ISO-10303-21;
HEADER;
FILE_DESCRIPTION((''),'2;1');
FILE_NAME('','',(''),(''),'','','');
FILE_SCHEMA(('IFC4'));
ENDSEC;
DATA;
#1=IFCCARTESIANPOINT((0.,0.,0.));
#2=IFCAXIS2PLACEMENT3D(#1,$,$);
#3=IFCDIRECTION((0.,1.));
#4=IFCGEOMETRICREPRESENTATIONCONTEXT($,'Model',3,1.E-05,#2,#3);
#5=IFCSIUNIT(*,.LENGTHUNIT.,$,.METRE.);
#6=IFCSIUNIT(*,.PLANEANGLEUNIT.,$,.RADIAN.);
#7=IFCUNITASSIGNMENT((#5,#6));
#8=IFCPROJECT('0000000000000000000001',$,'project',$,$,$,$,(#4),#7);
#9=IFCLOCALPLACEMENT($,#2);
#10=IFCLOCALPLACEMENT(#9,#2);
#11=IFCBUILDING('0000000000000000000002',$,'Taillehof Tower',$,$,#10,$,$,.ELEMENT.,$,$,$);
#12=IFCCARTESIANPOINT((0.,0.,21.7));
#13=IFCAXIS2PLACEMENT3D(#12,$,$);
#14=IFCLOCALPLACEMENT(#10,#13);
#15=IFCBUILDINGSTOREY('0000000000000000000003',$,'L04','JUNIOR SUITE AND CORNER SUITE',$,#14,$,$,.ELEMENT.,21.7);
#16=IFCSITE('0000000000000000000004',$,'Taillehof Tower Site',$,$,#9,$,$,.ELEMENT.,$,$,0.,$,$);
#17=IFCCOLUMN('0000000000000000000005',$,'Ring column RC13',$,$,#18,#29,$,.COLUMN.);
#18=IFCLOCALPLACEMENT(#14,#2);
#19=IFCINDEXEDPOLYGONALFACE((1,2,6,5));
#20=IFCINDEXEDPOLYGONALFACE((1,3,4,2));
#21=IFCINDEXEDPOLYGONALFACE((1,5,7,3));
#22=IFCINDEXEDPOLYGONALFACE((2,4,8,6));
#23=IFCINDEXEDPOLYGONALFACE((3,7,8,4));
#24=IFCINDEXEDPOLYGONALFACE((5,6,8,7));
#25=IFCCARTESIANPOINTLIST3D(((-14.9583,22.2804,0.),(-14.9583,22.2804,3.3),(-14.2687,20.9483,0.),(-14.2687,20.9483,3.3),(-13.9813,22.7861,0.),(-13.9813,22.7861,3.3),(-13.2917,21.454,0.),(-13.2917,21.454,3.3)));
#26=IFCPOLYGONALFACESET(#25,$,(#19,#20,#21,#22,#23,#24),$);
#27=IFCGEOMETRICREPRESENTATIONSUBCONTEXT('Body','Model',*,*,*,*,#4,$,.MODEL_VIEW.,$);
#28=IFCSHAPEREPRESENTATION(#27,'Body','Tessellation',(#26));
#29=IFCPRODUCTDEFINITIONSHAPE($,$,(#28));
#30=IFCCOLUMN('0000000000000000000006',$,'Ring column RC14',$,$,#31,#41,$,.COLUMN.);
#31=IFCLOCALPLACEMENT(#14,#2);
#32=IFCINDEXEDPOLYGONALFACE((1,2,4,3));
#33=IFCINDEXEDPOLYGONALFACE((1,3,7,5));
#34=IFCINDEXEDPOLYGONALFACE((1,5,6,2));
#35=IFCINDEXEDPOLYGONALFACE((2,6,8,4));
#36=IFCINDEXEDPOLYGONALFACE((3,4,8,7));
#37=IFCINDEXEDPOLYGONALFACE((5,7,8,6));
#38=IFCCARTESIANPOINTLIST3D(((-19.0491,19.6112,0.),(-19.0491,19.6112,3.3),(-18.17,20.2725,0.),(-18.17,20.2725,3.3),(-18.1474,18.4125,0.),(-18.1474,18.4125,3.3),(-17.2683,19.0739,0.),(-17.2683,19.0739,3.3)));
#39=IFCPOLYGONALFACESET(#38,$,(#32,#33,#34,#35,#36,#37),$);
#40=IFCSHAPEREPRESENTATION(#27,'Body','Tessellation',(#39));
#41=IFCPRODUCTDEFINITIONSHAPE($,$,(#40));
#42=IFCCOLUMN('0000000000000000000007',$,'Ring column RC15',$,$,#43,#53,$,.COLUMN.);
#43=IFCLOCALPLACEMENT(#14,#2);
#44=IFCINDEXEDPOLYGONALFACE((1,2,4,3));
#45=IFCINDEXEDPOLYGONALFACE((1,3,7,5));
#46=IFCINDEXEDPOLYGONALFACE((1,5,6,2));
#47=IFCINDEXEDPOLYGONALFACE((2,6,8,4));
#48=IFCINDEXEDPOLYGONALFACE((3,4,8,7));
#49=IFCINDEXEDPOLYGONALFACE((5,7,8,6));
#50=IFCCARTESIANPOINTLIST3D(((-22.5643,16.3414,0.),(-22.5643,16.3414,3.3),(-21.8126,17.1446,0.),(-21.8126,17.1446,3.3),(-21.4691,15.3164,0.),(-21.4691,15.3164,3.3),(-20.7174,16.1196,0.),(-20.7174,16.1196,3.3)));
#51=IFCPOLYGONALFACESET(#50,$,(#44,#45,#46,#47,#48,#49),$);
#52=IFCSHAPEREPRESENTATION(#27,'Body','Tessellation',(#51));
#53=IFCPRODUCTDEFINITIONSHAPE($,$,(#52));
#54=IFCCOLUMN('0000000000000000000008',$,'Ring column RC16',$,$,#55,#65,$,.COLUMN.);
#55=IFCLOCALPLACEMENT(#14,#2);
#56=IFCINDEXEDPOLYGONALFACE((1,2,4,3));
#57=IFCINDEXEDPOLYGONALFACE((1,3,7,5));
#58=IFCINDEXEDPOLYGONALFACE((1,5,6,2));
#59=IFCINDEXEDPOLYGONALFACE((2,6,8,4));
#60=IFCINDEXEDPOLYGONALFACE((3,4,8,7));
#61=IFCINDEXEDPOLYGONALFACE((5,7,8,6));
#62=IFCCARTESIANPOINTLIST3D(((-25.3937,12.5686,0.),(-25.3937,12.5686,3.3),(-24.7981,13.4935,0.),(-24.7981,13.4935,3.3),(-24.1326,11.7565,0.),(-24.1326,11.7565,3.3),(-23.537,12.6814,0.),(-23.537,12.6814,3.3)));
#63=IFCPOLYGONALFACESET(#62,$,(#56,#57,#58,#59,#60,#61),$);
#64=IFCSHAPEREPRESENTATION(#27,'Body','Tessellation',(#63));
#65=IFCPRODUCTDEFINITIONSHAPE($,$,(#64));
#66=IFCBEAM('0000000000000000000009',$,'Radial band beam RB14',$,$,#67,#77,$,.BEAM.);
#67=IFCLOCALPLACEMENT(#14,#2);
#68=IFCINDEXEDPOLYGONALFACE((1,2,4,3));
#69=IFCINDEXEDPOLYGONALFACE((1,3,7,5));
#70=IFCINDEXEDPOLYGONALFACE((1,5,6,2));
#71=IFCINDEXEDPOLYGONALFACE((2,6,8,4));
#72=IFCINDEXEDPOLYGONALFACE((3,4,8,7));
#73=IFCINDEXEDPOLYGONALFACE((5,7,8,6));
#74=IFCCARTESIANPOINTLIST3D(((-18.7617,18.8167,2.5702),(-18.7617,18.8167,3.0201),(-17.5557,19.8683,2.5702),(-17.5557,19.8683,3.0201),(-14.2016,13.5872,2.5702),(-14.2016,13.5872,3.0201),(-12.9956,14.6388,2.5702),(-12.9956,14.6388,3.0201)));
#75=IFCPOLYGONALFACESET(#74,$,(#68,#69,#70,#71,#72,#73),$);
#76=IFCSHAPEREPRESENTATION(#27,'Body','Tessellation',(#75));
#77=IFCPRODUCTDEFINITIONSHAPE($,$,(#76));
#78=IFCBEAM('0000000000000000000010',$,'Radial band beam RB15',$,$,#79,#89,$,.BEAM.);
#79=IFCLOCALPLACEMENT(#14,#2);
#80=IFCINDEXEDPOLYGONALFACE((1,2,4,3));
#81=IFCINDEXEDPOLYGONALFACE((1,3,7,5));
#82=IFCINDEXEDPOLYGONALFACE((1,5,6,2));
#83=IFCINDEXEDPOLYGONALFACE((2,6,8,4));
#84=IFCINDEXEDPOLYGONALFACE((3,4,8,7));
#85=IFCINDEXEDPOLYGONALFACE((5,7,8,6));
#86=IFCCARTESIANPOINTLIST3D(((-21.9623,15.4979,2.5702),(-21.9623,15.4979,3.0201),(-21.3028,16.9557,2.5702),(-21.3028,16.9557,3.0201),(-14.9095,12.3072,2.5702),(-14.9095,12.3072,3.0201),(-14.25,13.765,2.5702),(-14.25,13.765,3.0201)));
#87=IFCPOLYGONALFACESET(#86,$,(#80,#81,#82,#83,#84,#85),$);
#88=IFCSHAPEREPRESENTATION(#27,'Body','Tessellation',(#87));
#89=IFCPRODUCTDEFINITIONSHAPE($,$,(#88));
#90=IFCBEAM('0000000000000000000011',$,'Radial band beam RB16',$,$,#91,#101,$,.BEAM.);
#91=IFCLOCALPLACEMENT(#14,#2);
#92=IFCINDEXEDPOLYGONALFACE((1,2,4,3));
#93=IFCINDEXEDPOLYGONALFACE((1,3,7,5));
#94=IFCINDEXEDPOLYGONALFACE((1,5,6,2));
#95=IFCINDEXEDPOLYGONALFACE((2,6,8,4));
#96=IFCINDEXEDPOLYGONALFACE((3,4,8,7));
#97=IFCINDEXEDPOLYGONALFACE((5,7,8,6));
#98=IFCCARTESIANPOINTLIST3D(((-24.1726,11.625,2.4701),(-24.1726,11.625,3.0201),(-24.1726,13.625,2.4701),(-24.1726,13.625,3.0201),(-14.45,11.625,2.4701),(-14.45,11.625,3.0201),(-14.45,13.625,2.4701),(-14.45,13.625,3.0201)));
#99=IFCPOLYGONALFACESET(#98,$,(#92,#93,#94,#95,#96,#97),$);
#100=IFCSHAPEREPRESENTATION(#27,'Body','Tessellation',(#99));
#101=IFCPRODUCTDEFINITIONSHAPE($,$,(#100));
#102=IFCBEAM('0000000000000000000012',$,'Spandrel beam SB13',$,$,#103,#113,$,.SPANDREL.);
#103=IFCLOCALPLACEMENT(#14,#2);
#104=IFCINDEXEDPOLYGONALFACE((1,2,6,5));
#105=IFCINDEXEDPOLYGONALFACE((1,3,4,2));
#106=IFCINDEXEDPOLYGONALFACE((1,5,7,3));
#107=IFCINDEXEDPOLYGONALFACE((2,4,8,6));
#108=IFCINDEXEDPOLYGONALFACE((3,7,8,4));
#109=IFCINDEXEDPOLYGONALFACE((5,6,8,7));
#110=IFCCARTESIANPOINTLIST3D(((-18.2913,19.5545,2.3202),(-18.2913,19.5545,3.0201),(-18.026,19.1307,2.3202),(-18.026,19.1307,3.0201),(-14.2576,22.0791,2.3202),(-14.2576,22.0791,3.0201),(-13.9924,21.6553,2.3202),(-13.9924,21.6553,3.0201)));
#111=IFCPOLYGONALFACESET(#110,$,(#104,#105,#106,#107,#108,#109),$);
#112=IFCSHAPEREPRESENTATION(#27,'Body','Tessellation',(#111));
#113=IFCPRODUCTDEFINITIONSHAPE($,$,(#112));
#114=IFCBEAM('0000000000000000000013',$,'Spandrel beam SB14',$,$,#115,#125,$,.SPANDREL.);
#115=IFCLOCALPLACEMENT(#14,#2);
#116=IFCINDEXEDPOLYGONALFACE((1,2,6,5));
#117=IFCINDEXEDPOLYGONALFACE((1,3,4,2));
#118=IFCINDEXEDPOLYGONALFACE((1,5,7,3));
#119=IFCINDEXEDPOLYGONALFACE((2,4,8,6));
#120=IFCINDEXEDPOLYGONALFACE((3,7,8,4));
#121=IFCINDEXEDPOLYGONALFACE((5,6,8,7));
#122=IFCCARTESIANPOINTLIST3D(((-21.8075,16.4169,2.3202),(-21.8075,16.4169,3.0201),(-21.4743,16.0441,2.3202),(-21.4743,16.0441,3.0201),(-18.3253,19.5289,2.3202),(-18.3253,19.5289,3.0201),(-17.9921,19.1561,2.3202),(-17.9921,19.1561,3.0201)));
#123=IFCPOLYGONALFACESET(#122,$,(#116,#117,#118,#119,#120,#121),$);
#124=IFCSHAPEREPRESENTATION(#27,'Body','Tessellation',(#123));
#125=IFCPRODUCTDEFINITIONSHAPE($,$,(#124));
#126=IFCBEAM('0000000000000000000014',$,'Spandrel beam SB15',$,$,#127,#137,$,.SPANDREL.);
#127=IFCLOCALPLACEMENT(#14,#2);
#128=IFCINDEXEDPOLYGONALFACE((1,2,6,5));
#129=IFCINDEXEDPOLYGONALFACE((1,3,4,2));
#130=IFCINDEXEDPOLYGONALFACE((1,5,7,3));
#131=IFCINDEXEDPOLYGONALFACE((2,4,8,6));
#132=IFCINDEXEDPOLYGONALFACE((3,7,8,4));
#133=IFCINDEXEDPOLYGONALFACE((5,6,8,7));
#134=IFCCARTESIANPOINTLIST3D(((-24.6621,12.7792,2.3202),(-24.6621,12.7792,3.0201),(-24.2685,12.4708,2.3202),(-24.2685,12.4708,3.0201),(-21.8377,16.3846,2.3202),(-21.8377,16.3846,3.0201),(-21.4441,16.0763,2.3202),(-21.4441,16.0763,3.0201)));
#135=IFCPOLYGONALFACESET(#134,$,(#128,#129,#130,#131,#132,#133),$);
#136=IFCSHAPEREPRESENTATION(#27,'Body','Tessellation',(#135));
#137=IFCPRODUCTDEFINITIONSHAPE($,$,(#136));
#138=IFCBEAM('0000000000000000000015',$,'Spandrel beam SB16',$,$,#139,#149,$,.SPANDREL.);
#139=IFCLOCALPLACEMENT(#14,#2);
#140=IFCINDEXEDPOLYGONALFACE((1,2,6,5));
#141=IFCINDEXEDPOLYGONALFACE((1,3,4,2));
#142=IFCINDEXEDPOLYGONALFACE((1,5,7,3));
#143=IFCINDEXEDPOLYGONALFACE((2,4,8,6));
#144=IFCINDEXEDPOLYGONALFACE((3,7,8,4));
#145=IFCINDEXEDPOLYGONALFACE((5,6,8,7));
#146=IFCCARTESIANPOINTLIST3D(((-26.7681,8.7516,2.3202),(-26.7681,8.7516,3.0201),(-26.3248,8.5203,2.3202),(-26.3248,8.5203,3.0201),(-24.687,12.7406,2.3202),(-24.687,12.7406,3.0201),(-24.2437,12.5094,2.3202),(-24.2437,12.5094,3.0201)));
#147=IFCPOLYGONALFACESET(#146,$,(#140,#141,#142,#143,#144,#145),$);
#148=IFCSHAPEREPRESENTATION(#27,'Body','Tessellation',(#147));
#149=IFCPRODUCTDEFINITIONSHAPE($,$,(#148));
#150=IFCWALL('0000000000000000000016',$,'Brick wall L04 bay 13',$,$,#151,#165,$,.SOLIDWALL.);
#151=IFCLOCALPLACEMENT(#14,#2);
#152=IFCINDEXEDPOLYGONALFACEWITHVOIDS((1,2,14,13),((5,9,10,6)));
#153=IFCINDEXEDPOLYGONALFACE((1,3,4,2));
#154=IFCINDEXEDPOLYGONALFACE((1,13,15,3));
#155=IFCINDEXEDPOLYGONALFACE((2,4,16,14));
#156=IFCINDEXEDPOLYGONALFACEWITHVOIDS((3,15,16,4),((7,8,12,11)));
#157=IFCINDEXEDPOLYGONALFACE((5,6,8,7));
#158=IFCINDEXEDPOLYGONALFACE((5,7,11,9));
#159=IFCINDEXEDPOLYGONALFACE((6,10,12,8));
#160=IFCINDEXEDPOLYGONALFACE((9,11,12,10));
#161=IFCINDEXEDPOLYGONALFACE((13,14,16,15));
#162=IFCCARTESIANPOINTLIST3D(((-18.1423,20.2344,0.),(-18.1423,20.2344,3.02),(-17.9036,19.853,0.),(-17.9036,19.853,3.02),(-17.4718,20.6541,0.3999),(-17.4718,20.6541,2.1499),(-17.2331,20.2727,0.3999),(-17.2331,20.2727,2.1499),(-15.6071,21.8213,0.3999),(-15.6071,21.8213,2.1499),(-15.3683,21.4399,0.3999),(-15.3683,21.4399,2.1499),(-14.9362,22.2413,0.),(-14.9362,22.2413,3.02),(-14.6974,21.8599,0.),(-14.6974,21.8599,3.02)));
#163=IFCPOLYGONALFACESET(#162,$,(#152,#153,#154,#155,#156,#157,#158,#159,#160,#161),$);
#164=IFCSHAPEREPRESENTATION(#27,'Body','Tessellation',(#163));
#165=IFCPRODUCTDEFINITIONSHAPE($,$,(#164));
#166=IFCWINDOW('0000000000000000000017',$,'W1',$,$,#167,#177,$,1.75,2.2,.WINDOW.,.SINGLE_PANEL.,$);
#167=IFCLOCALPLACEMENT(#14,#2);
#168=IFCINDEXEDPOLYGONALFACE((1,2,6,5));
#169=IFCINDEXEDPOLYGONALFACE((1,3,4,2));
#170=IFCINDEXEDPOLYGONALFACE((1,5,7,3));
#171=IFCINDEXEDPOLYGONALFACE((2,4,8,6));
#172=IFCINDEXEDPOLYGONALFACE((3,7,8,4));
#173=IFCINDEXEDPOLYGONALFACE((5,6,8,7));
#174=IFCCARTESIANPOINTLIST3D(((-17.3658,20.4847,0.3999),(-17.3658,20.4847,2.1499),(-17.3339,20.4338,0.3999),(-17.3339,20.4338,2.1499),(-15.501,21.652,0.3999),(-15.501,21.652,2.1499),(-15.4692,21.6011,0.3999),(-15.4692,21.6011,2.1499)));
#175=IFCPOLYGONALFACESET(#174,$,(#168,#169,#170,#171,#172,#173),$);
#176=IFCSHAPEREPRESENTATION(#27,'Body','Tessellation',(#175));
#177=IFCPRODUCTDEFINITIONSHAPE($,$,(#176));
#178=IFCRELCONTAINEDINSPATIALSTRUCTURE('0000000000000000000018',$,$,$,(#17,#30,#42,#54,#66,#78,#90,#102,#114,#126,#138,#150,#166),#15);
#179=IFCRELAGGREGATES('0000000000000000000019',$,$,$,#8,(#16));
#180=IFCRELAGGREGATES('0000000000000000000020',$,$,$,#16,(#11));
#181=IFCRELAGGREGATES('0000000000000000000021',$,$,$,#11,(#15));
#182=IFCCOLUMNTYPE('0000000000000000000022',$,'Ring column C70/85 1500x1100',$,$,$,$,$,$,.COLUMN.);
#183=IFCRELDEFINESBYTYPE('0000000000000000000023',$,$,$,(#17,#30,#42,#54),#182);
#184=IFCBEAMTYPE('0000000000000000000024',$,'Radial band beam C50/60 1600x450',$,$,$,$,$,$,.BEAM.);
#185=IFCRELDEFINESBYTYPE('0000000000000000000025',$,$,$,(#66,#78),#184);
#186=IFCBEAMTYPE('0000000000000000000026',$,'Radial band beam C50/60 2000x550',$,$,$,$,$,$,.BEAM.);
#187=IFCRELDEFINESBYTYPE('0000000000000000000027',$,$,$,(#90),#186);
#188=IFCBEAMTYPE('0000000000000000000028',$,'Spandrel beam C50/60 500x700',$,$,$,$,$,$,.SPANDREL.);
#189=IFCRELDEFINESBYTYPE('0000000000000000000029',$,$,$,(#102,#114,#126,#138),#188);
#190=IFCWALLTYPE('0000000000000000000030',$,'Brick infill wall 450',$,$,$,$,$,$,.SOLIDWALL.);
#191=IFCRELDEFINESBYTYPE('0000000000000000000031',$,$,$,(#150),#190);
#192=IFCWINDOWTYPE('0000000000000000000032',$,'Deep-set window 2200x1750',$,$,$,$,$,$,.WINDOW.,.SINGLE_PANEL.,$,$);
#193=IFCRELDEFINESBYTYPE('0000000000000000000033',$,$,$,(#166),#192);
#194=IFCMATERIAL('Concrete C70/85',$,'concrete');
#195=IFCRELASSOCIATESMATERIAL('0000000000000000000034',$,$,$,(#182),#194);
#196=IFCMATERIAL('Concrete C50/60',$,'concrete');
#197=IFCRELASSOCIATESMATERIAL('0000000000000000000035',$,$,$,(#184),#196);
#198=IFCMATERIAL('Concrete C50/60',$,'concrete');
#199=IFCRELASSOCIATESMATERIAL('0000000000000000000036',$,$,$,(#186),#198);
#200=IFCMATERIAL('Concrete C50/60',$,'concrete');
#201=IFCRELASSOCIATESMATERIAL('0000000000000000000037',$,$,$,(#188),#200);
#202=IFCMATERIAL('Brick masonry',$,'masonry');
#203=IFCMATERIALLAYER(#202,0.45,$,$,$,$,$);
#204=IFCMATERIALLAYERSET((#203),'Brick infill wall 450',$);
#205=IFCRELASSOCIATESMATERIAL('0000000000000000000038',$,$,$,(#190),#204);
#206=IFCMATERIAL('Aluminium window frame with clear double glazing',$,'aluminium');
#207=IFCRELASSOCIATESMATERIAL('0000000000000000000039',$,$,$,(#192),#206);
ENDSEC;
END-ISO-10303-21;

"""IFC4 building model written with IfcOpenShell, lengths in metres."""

from ifc_helpers import new_model, si_unit, direction, frame, frame_2d, origin, origin_2d, place, context, subcontext, project, spatial, rectangle, extrude, material, layer, layer_set, material_profile, profile_set, type_object, element, fill, save


model = new_model("IFC4")

# Units and contexts
model_context = context("Model", 3, precision=1e-05, world=origin(), true_north=direction((0.0, 1.0)))
body_context = subcontext(model_context, "Body", "Model", "MODEL_VIEW")
ifc_project = project(units=[si_unit("LENGTHUNIT", "METRE"), si_unit("PLANEANGLEUNIT", "RADIAN")], contexts=[model_context])

# Site, building, storey
site_placement = place(None, origin())
site = spatial("IfcSite", under=ifc_project, at=site_placement, Name="Taillehof Tower Site", CompositionType="ELEMENT", RefElevation=0.0)
building_placement = place(site_placement, origin())
building = spatial("IfcBuilding", under=site, at=building_placement, Name="Taillehof Tower", CompositionType="ELEMENT")
storey_placement = place(building_placement, frame((0.0, 0.0, 21.7)))
storey = spatial("IfcBuildingStorey", under=building, at=storey_placement, Name="L04", Description="JUNIOR SUITE AND CORNER SUITE", CompositionType="ELEMENT", Elevation=21.7)

# Columns
ifc_material_1 = material(Name="Concrete C70/85", Category="concrete")
ifc_material_profile_1 = material_profile(ifc_material_1, rectangle(XDim=1.5, YDim=1.1001, at=origin_2d()), Name="RC 1500x1100")
ifc_profile_set_1 = profile_set([ifc_material_profile_1], Name="Concrete C70/85")
column_type = type_object("IfcColumnType", Name="Ring column C70/85 1500x1100", PredefinedType="COLUMN", material=ifc_profile_set_1)
for number, where, z_axis, x_axis, name in (
    (1, (-14.125, 21.8672, 0.0), (0.0, 0.0, 1.0), (-0.459691, 0.888079, 0.0), "Ring column RC13"),
    (2, (-18.1587, 19.3425, 0.0), (0.0, 0.0, 1.0), (-0.601174, 0.799118, 0.0), "Ring column RC14"),
    (3, (-21.6409, 16.2305, 0.0), (0.0, 0.0, 1.0), (-0.730113, 0.683326, 0.0), "Ring column RC15"),
    (4, (-24.4653, 12.625, 0.0), (0.0, 0.0, 1.0), (-0.840754, 0.541418, 0.0), "Ring column RC16"),
):
    element("IfcColumn", number, at=place(storey_placement, frame(where, z_axis=z_axis, x_axis=x_axis)), inside=storey, type_object=column_type, Name=name, PredefinedType="COLUMN", context=body_context, shape_type="SweptSolid", body=[
        extrude(rectangle(XDim=1.5, YDim=1.1001, at=origin_2d()), origin(), (0.0, 0.0, 1.0), 3.3),
    ])

# Beams
ifc_material_2 = material(Name="Concrete C50/60", Category="concrete")
ifc_material_profile_2 = material_profile(ifc_material_2, rectangle(XDim=1.6001, YDim=0.45, at=origin_2d()), Name="RC 1600x450")
ifc_profile_set_2 = profile_set([ifc_material_profile_2], Name="Concrete C50/60")
beam_type_1 = type_object("IfcBeamType", Name="Radial band beam C50/60 1600x450", PredefinedType="BEAM", material=ifc_profile_set_2)
beam_1_placement = place(storey_placement, frame((-18.1587, 19.3425, 2.7952), z_axis=(0.657218, -0.7537, 0.0), x_axis=(0.7537, 0.657218, 0.0)))
element("IfcBeam", 5, at=beam_1_placement, inside=storey, type_object=beam_type_1, Name="Radial band beam RB14", PredefinedType="BEAM", context=body_context, shape_type="SweptSolid", body=[
    extrude(rectangle(XDim=1.6001, YDim=0.45, at=origin_2d()), origin(), (0.0, 0.0, 1.0), 6.9385),
])
beam_2_placement = place(storey_placement, frame((-21.6326, 16.2268, 2.7952), z_axis=(0.911101, -0.412184, 0.0), x_axis=(0.412184, 0.911101, 0.0)))
element("IfcBeam", 6, at=beam_2_placement, inside=storey, type_object=beam_type_1, Name="Radial band beam RB15", PredefinedType="BEAM", context=body_context, shape_type="SweptSolid", body=[
    extrude(rectangle(XDim=1.6001, YDim=0.45, at=origin_2d()), origin(), (0.0, 0.0, 1.0), 7.741),
])
ifc_material_3 = material(Name="Concrete C50/60", Category="concrete")
ifc_material_profile_3 = material_profile(ifc_material_3, rectangle(XDim=2.0, YDim=0.55, at=origin_2d()), Name="RC 2000x550")
ifc_profile_set_3 = profile_set([ifc_material_profile_3], Name="Concrete C50/60")
beam_type_2 = type_object("IfcBeamType", Name="Radial band beam C50/60 2000x550", PredefinedType="BEAM", material=ifc_profile_set_3)
beam_3_placement = place(storey_placement, frame((-24.1726, 12.625, 2.7451), z_axis=(1.0, 0.0, 0.0), x_axis=(0.0, 1.0, 0.0)))
element("IfcBeam", 7, at=beam_3_placement, inside=storey, type_object=beam_type_2, Name="Radial band beam RB16", PredefinedType="BEAM", context=body_context, shape_type="SweptSolid", body=[
    extrude(rectangle(XDim=2.0, YDim=0.55, at=origin_2d()), origin(), (0.0, 0.0, 1.0), 9.7227),
])
ifc_material_4 = material(Name="Concrete C50/60", Category="concrete")
ifc_material_profile_4 = material_profile(ifc_material_4, rectangle(XDim=0.5, YDim=0.7, at=origin_2d()), Name="RC 500x700")
ifc_profile_set_4 = profile_set([ifc_material_profile_4], Name="Concrete C50/60")
beam_type_3 = type_object("IfcBeamType", Name="Spandrel beam C50/60 500x700", PredefinedType="SPANDREL", material=ifc_profile_set_4)
beam_4_placement = place(storey_placement, frame((-14.125, 21.8672, 2.6702), z_axis=(-0.847658, -0.530543, 0.0), x_axis=(0.530543, -0.847658, 0.0)))
element("IfcBeam", 8, at=beam_4_placement, inside=storey, type_object=beam_type_3, Name="Spandrel beam SB13", PredefinedType="SPANDREL", context=body_context, shape_type="SweptSolid", body=[
    extrude(rectangle(XDim=0.5, YDim=0.7, at=origin_2d()), origin(), (0.0, 0.0, 1.0), 4.7585),
])
beam_5_placement = place(storey_placement, frame((-18.1587, 19.3425, 2.6702), z_axis=(-0.745621, -0.66637, 0.0), x_axis=(0.66637, -0.745621, 0.0)))
element("IfcBeam", 9, at=beam_5_placement, inside=storey, type_object=beam_type_3, Name="Spandrel beam SB14", PredefinedType="SPANDREL", context=body_context, shape_type="SweptSolid", body=[
    extrude(rectangle(XDim=0.5, YDim=0.7, at=origin_2d()), origin(), (0.0, 0.0, 1.0), 4.6702),
])
beam_6_placement = place(storey_placement, frame((-21.6409, 16.2305, 2.6702), z_axis=(-0.616686, -0.787209, 0.0), x_axis=(0.787209, -0.616686, 0.0)))
element("IfcBeam", 10, at=beam_6_placement, inside=storey, type_object=beam_type_3, Name="Spandrel beam SB15", PredefinedType="SPANDREL", context=body_context, shape_type="SweptSolid", body=[
    extrude(rectangle(XDim=0.5, YDim=0.7, at=origin_2d()), origin(), (0.0, 0.0, 1.0), 4.5801),
])
beam_7_placement = place(storey_placement, frame((-24.4653, 12.625, 2.6702), z_axis=(-0.462536, -0.8866, 0.0), x_axis=(0.8866, -0.462536, 0.0)))
element("IfcBeam", 11, at=beam_7_placement, inside=storey, type_object=beam_type_3, Name="Spandrel beam SB16", PredefinedType="SPANDREL", context=body_context, shape_type="SweptSolid", body=[
    extrude(rectangle(XDim=0.5, YDim=0.7, at=origin_2d()), origin(), (0.0, 0.0, 1.0), 4.4993),
])

# Wall, opening, window
ifc_material_5 = material(Name="Brick masonry", Category="masonry")
ifc_layer_1 = layer(ifc_material_5, 0.45)
ifc_layer_set_1 = layer_set([ifc_layer_1], Name="Brick infill wall 450")
wall_type_1 = type_object("IfcWallType", Name="Brick infill wall 450", PredefinedType="SOLIDWALL", material=ifc_layer_set_1)
wall_1_placement = place(storey_placement, frame((-14.8169, 22.0505, 0.0), z_axis=(0.0, 0.0, 1.0), x_axis=(-0.847635, -0.530579, 0.0)))
wall_1 = element("IfcWall", 12, at=wall_1_placement, inside=storey, type_object=wall_type_1, Name="Brick wall L04 bay 13", PredefinedType="SOLIDWALL", context=body_context, shape_type="SweptSolid", body=[
    extrude(rectangle(XDim=3.7825, YDim=0.45, at=frame_2d((1.8911, 0.0))), origin(), (0.0, 0.0, 1.0), 3.02),
])
opening_1_placement = place(wall_1_placement, frame((0.7913, 0.0, 0.3999)))
opening_1 = element("IfcOpeningElement", 13, at=opening_1_placement, cuts=wall_1, PredefinedType="OPENING", context=body_context, shape_type="SweptSolid", body=[
    extrude(rectangle(XDim=2.2, YDim=1.75, at=frame_2d((1.1001, 0.875))), frame((0.0, 0.2349, 0.0), z_axis=(0.0, -1.0, 0.0), x_axis=(1.0, 0.0, 0.0)), (0.0, 0.0, 1.0), 0.47),
])
ifc_material_6 = material(Name="Aluminium window frame with clear double glazing", Category="aluminium")
window_type = type_object("IfcWindowType", Name="Deep-set window 2200x1750", PartitioningType="SINGLE_PANEL", PredefinedType="WINDOW", material=ifc_material_6)
window_1_placement = place(opening_1_placement, origin())
window_1 = element("IfcWindow", 14, at=window_1_placement, inside=storey, type_object=window_type, Name="W1", OverallHeight=1.75, OverallWidth=2.2, PartitioningType="SINGLE_PANEL", PredefinedType="WINDOW", context=body_context, shape_type="SweptSolid", body=[
    extrude(rectangle(XDim=2.2, YDim=1.75, at=frame_2d((1.1001, 0.875))), frame((0.0, 0.0349, 0.0), z_axis=(0.0, -1.0, 0.0), x_axis=(1.0, 0.0, 0.0)), (0.0, 0.0, 1.0), 0.0601),
])
fill(opening_1, window_1)

save(model, "model.ifc")
